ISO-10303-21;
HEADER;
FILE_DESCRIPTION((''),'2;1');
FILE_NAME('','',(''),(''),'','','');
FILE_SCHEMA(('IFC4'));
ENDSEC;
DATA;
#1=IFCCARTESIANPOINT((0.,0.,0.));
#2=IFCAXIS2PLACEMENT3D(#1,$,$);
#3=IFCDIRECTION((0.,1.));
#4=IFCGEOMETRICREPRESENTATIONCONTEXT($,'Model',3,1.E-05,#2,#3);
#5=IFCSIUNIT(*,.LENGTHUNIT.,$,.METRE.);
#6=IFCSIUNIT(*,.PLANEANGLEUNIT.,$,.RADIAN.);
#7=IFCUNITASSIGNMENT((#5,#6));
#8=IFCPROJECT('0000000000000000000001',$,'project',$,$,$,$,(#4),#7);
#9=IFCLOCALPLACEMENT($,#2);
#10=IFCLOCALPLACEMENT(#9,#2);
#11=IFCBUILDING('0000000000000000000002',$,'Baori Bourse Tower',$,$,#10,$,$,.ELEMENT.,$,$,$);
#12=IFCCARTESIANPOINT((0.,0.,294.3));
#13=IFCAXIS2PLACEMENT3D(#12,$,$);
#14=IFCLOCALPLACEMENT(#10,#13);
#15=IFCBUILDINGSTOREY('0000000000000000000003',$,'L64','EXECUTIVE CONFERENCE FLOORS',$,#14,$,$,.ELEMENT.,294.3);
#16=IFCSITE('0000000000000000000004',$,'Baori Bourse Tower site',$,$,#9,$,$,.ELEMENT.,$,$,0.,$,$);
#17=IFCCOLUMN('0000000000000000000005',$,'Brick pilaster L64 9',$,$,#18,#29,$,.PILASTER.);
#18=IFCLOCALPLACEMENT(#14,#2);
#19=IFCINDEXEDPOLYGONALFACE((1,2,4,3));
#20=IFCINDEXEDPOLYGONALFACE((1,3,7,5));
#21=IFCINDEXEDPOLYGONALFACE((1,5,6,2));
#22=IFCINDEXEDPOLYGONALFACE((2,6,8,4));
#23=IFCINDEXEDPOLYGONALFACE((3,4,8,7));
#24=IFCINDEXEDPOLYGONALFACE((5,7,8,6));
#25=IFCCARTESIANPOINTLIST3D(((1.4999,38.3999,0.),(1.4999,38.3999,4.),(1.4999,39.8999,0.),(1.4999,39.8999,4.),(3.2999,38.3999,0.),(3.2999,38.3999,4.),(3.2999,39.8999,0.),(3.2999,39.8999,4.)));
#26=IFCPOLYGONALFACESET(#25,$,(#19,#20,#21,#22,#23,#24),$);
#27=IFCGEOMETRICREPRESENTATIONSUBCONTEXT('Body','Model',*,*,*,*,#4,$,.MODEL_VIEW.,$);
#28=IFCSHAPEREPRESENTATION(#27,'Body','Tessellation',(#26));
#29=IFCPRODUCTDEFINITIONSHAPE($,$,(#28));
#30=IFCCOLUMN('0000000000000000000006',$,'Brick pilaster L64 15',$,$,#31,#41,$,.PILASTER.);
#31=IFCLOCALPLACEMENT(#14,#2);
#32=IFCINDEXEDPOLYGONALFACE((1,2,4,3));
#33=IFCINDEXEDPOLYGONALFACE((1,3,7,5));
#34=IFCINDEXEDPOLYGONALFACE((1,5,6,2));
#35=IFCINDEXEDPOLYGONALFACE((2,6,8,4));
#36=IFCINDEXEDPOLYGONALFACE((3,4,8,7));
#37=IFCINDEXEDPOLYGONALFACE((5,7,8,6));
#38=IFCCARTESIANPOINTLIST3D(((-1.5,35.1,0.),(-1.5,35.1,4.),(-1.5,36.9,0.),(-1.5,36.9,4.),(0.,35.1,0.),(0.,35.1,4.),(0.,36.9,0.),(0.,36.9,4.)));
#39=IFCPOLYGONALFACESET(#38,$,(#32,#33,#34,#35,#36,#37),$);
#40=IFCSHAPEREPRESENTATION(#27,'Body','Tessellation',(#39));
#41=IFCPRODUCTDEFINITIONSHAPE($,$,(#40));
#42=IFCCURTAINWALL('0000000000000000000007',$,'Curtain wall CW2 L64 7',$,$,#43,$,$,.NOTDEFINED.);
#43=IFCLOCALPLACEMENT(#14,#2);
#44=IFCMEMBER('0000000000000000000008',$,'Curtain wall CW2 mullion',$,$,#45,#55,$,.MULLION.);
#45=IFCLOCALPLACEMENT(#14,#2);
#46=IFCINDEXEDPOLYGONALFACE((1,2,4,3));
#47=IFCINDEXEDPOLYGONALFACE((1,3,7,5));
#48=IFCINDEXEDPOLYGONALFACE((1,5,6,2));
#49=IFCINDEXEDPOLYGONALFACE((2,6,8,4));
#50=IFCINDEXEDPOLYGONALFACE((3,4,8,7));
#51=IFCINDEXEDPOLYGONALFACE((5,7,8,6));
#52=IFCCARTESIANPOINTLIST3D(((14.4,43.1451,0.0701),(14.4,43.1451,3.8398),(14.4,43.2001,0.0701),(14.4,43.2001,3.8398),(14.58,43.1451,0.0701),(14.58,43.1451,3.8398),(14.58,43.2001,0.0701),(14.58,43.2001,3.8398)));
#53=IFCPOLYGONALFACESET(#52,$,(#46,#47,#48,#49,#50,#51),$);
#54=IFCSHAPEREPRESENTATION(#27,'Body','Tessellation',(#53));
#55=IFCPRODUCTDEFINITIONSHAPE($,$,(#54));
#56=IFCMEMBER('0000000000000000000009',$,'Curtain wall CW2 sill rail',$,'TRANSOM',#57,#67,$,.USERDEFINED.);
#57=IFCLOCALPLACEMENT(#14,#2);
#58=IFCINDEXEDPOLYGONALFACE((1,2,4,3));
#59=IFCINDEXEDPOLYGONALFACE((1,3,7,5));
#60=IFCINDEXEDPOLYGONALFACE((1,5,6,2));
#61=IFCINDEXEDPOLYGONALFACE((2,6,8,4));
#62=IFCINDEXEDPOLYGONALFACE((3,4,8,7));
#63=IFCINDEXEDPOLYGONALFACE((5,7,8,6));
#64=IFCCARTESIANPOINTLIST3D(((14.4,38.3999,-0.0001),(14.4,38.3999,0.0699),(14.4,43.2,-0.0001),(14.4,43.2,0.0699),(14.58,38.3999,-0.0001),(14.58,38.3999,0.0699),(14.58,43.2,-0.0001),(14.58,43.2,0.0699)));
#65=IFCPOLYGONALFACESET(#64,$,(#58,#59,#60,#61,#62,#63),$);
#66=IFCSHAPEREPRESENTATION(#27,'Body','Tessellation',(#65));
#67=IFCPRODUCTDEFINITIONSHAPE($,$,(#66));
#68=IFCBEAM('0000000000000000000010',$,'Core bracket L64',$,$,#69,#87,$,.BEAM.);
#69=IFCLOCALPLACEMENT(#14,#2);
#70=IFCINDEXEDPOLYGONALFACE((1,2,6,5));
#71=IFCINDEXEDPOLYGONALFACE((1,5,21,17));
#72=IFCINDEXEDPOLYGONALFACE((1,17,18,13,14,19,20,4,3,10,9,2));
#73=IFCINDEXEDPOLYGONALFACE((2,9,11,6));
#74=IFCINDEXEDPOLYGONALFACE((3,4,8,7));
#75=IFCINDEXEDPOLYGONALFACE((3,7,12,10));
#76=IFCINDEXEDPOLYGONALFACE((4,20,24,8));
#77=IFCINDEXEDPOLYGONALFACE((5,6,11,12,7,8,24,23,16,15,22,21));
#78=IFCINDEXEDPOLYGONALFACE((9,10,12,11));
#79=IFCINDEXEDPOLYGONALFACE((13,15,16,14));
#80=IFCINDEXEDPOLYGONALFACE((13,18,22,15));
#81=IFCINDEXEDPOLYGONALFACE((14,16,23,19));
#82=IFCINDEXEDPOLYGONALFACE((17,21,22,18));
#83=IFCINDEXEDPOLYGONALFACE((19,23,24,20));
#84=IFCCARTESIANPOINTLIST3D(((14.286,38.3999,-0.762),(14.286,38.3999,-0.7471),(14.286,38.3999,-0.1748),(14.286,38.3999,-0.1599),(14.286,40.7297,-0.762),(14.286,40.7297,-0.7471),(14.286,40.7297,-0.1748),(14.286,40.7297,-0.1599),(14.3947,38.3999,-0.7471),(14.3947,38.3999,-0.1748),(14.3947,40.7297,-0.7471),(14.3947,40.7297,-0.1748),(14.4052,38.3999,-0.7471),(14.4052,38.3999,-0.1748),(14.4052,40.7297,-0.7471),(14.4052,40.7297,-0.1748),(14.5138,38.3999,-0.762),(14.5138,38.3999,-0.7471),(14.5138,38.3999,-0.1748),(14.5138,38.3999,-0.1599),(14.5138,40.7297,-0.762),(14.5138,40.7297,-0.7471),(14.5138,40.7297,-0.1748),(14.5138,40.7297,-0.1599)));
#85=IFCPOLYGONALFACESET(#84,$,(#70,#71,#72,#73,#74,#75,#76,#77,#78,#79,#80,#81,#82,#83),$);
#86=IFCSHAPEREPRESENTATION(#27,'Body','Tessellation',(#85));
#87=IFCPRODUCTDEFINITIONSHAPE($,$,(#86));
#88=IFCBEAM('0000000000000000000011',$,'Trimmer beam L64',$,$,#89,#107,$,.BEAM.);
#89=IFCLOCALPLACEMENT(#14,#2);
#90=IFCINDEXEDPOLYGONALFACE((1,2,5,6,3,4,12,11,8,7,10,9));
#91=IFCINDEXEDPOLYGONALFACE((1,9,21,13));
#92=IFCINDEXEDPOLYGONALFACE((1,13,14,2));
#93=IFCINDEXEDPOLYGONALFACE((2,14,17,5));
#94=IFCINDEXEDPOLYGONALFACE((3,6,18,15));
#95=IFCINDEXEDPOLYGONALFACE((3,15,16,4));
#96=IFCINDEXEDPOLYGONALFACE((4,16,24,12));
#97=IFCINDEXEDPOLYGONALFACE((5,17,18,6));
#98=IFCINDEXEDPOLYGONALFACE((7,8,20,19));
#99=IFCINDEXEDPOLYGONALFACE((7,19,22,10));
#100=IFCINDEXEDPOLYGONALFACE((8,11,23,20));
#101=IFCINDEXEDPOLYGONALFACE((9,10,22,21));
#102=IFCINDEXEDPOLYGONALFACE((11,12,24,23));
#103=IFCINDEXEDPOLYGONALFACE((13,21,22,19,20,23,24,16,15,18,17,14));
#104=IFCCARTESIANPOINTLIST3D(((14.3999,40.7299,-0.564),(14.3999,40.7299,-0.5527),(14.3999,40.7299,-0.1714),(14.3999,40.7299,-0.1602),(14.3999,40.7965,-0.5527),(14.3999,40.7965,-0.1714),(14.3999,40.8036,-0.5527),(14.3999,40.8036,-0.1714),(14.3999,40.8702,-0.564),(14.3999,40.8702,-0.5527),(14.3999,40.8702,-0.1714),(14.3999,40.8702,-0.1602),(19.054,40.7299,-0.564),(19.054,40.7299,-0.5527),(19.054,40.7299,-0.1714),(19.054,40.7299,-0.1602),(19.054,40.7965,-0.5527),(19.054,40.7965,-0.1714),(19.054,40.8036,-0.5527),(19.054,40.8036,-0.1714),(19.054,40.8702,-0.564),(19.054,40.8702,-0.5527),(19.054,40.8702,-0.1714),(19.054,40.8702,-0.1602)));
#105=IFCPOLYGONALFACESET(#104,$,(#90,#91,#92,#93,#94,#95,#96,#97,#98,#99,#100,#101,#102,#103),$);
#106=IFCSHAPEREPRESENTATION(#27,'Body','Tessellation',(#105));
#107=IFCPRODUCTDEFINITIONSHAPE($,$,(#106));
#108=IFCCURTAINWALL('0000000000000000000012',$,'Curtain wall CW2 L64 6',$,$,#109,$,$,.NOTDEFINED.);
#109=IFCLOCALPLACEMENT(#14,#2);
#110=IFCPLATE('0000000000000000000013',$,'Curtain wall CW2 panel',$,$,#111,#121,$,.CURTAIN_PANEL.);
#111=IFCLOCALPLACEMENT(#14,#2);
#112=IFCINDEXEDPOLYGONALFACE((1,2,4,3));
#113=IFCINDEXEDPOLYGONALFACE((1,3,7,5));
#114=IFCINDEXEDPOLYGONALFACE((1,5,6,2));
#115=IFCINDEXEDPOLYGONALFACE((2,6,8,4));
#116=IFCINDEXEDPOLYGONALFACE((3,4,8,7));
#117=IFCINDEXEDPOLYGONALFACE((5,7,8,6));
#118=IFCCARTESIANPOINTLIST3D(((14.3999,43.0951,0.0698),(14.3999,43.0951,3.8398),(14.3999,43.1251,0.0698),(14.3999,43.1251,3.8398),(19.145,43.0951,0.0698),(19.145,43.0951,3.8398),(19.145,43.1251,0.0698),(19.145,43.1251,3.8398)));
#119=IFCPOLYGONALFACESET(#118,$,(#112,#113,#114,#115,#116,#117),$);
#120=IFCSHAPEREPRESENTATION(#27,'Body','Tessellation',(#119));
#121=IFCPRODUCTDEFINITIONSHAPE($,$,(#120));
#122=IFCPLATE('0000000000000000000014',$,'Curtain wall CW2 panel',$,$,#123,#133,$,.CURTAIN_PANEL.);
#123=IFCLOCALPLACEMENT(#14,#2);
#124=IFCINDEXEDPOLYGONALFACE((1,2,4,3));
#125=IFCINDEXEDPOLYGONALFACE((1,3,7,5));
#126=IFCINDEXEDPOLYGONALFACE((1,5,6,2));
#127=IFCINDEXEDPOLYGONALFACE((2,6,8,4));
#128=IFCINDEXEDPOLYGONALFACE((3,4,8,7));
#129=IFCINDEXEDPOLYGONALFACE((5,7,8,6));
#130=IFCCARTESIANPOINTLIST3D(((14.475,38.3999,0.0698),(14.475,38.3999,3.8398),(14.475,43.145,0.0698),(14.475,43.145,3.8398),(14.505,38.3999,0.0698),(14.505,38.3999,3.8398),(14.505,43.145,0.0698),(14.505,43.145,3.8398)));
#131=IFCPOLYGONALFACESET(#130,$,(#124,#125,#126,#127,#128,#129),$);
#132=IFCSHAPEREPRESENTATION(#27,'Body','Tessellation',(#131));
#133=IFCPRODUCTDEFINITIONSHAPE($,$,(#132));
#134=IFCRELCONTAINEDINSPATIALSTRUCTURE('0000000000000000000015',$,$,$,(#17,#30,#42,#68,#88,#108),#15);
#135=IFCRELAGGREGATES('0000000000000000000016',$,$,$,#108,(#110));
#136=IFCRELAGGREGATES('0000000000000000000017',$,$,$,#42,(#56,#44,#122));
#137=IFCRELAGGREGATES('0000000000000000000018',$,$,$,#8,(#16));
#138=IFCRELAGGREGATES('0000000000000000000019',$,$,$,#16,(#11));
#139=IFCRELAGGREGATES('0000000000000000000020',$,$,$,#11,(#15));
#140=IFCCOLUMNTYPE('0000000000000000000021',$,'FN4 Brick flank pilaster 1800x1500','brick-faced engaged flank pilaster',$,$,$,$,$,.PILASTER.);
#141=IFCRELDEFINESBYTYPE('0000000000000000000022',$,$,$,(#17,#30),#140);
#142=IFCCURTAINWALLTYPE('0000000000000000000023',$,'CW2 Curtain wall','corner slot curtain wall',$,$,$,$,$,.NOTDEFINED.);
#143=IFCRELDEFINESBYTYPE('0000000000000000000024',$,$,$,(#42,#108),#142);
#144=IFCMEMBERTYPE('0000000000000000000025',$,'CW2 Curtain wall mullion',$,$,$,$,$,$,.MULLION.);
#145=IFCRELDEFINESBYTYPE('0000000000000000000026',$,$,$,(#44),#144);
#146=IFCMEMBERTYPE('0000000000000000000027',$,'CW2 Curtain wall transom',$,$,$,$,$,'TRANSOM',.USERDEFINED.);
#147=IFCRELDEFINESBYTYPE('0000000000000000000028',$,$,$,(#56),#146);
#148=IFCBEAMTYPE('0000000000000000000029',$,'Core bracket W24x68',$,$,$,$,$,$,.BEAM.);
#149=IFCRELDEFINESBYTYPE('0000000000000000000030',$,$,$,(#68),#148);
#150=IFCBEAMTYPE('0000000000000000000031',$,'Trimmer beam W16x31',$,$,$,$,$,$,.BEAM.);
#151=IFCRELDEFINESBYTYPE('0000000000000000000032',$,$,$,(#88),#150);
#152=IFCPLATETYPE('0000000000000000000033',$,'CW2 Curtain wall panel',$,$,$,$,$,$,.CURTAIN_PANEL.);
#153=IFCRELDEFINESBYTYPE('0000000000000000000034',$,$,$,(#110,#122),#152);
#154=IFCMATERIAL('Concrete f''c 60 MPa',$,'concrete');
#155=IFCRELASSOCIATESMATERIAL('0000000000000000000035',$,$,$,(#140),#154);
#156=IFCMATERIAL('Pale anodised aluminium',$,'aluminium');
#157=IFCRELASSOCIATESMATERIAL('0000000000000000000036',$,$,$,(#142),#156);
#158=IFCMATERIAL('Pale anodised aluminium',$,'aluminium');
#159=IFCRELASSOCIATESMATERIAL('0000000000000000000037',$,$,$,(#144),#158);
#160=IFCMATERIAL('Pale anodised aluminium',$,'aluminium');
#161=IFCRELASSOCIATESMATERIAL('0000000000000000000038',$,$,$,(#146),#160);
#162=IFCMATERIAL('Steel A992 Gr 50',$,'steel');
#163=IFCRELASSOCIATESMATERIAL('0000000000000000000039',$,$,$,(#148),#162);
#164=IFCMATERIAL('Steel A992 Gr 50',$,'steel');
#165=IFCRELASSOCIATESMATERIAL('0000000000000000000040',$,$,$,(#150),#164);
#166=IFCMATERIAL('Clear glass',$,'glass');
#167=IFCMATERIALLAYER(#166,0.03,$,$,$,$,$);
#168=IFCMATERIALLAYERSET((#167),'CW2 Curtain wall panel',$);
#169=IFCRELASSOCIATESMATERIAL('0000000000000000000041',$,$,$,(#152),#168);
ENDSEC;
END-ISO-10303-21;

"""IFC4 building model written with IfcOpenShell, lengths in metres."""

from ifc_helpers import new_model, si_unit, direction, frame, origin, origin_2d, place, context, subcontext, project, spatial, rectangle, i_section, extrude, material, layer, layer_set, material_profile, profile_set, type_object, element, aggregate, save


model = new_model("IFC4")

# Units and contexts
model_context = context("Model", 3, precision=1e-05, world=origin(), true_north=direction((0.0, 1.0)))
body_context = subcontext(model_context, "Body", "Model", "MODEL_VIEW")
ifc_project = project(units=[si_unit("LENGTHUNIT", "METRE"), si_unit("PLANEANGLEUNIT", "RADIAN")], contexts=[model_context])

# Site, building, storey
site_placement = place(None, origin())
site = spatial("IfcSite", under=ifc_project, at=site_placement, Name="Baori Bourse Tower site", CompositionType="ELEMENT", RefElevation=0.0)
building_placement = place(site_placement, origin())
building = spatial("IfcBuilding", under=site, at=building_placement, Name="Baori Bourse Tower", CompositionType="ELEMENT")
storey_placement = place(building_placement, frame((0.0, 0.0, 294.3)))
storey = spatial("IfcBuildingStorey", under=building, at=storey_placement, Name="L64", Description="EXECUTIVE CONFERENCE FLOORS", CompositionType="ELEMENT", Elevation=294.3)

# Columns
ifc_material_1 = material(Name="Concrete f'c 60 MPa", Category="concrete")
ifc_material_profile_1 = material_profile(ifc_material_1, rectangle(XDim=1.8, YDim=1.5, at=origin_2d()), Name="RC 1800x1500")
ifc_profile_set_1 = profile_set([ifc_material_profile_1], Name="Concrete f'c 60 MPa")
column_type = type_object("IfcColumnType", Name="FN4 Brick flank pilaster 1800x1500", Description="brick-faced engaged flank pilaster", PredefinedType="PILASTER", material=ifc_profile_set_1)
for number, where, z_axis, x_axis, name in (
    (1, (2.3999, 39.1499, 0.0), (0.0, 0.0, 1.0), (1.0, 0.0, 0.0), "Brick pilaster L64 9"),
    (2, (-0.75, 36.0, 0.0), (0.0, 0.0, 1.0), (0.0, 1.0, 0.0), "Brick pilaster L64 15"),
):
    element("IfcColumn", number, at=place(storey_placement, frame(where, z_axis=z_axis, x_axis=x_axis)), inside=storey, type_object=column_type, Name=name, PredefinedType="PILASTER", context=body_context, shape_type="SweptSolid", body=[
        extrude(rectangle(XDim=1.8, YDim=1.5, at=origin_2d()), origin(), (0.0, 0.0, 1.0), 4.0),
    ])

# Curtain wall, members
ifc_material_2 = material(Name="Pale anodised aluminium", Category="aluminium")
curtain_wall_type = type_object("IfcCurtainWallType", Name="CW2 Curtain wall", Description="corner slot curtain wall", PredefinedType="NOTDEFINED", material=ifc_material_2)
curtain_wall_1_placement = place(storey_placement, origin())
curtain_wall_1 = element("IfcCurtainWall", 3, at=curtain_wall_1_placement, inside=storey, type_object=curtain_wall_type, Name="Curtain wall CW2 L64 7", PredefinedType="NOTDEFINED")
ifc_material_3 = material(Name="Pale anodised aluminium", Category="aluminium")
ifc_material_profile_2 = material_profile(ifc_material_3, rectangle(XDim=0.1799, YDim=0.0549, at=origin_2d()), Name="Mullion 55x180")
ifc_profile_set_2 = profile_set([ifc_material_profile_2], Name="Pale anodised aluminium")
member_type_1 = type_object("IfcMemberType", Name="CW2 Curtain wall mullion", PredefinedType="MULLION", material=ifc_profile_set_2)
member_1_placement = place(storey_placement, frame((14.49, 43.1726, 0.0701), z_axis=(0.0, 0.0, 1.0), x_axis=(1.0, 0.0, 0.0)))
member_1 = element("IfcMember", 4, at=member_1_placement, type_object=member_type_1, Name="Curtain wall CW2 mullion", PredefinedType="MULLION", context=body_context, shape_type="SweptSolid", body=[
    extrude(rectangle(XDim=0.1799, YDim=0.0549, at=origin_2d()), origin(), (0.0, 0.0, 1.0), 3.7698),
])
ifc_material_4 = material(Name="Pale anodised aluminium", Category="aluminium")
ifc_material_profile_3 = material_profile(ifc_material_4, rectangle(XDim=0.1799, YDim=0.0701, at=origin_2d()), Name="Transom 70x180")
ifc_profile_set_3 = profile_set([ifc_material_profile_3], Name="Pale anodised aluminium")
member_type_2 = type_object("IfcMemberType", Name="CW2 Curtain wall transom", ElementType="TRANSOM", PredefinedType="USERDEFINED", material=ifc_profile_set_3)
member_2_placement = place(storey_placement, frame((14.49, 43.2, 0.0349), z_axis=(0.0, -1.0, 0.0), x_axis=(1.0, 0.0, 0.0)))
member_2 = element("IfcMember", 5, at=member_2_placement, type_object=member_type_2, Name="Curtain wall CW2 sill rail", ObjectType="TRANSOM", PredefinedType="USERDEFINED", context=body_context, shape_type="SweptSolid", body=[
    extrude(rectangle(XDim=0.1799, YDim=0.0701, at=origin_2d()), origin(), (0.0, 0.0, 1.0), 4.8),
])

# Beams
ifc_material_5 = material(Name="Steel A992 Gr 50", Category="steel")
ifc_material_profile_4 = material_profile(ifc_material_5, i_section(OverallWidth=0.2278, OverallDepth=0.6021, WebThickness=0.0105, FlangeThickness=0.0149, at=origin_2d()), Name="W24x68")
ifc_profile_set_4 = profile_set([ifc_material_profile_4], Name="Steel A992 Gr 50")
beam_type_1 = type_object("IfcBeamType", Name="Core bracket W24x68", PredefinedType="BEAM", material=ifc_profile_set_4)
beam_1_placement = place(storey_placement, frame((14.3999, 38.3999, -0.4609), z_axis=(0.0, 1.0, 0.0), x_axis=(-1.0, 0.0, 0.0)))
element("IfcBeam", 6, at=beam_1_placement, inside=storey, type_object=beam_type_1, Name="Core bracket L64", PredefinedType="BEAM", context=body_context, shape_type="SweptSolid", body=[
    extrude(i_section(OverallWidth=0.2278, OverallDepth=0.6021, WebThickness=0.0105, FlangeThickness=0.0149, at=origin_2d()), origin(), (0.0, 0.0, 1.0), 2.3298),
])
ifc_material_6 = material(Name="Steel A992 Gr 50", Category="steel")
ifc_material_profile_5 = material_profile(ifc_material_6, i_section(OverallWidth=0.1404, OverallDepth=0.4038, WebThickness=0.0071, FlangeThickness=0.0112, at=origin_2d()), Name="W16x31")
ifc_profile_set_5 = profile_set([ifc_material_profile_5], Name="Steel A992 Gr 50")
beam_type_2 = type_object("IfcBeamType", Name="Trimmer beam W16x31", PredefinedType="BEAM", material=ifc_profile_set_5)
beam_2_placement = place(storey_placement, frame((14.3999, 40.8, -0.3621), z_axis=(1.0, 0.0, 0.0), x_axis=(0.0, 1.0, 0.0)))
element("IfcBeam", 7, at=beam_2_placement, inside=storey, type_object=beam_type_2, Name="Trimmer beam L64", PredefinedType="BEAM", context=body_context, shape_type="SweptSolid", body=[
    extrude(i_section(OverallWidth=0.1404, OverallDepth=0.4038, WebThickness=0.0071, FlangeThickness=0.0112, at=origin_2d()), origin(), (0.0, 0.0, 1.0), 4.6541),
])

# Curtain wall, plate
curtain_wall_2_placement = place(storey_placement, origin())
curtain_wall_2 = element("IfcCurtainWall", 8, at=curtain_wall_2_placement, inside=storey, type_object=curtain_wall_type, Name="Curtain wall CW2 L64 6", PredefinedType="NOTDEFINED")
ifc_material_7 = material(Name="Clear glass", Category="glass")
ifc_layer_1 = layer(ifc_material_7, 0.03)
ifc_layer_set_1 = layer_set([ifc_layer_1], Name="CW2 Curtain wall panel")
plate_type = type_object("IfcPlateType", Name="CW2 Curtain wall panel", PredefinedType="CURTAIN_PANEL", material=ifc_layer_set_1)
plate_1_placement = place(storey_placement, frame((16.7725, 43.1101, 0.0698), z_axis=(0.0, 0.0, 1.0), x_axis=(-1.0, 0.0, 0.0)))
plate_1 = element("IfcPlate", 9, at=plate_1_placement, type_object=plate_type, Name="Curtain wall CW2 panel", PredefinedType="CURTAIN_PANEL", context=body_context, shape_type="SweptSolid", body=[
    extrude(rectangle(XDim=4.7451, YDim=0.03, at=origin_2d()), origin(), (0.0, 0.0, 1.0), 3.77),
])
aggregate(curtain_wall_2, [plate_1])

# Plate
plate_2_placement = place(storey_placement, frame((14.49, 40.7725, 0.0698), z_axis=(0.0, 0.0, 1.0), x_axis=(0.0, -1.0, 0.0)))
plate_2 = element("IfcPlate", 10, at=plate_2_placement, type_object=plate_type, Name="Curtain wall CW2 panel", PredefinedType="CURTAIN_PANEL", context=body_context, shape_type="SweptSolid", body=[
    extrude(rectangle(XDim=4.7451, YDim=0.03, at=origin_2d()), origin(), (0.0, 0.0, 1.0), 3.77),
])
aggregate(curtain_wall_1, [member_2, member_1, plate_2])

save(model, "model.ifc")
